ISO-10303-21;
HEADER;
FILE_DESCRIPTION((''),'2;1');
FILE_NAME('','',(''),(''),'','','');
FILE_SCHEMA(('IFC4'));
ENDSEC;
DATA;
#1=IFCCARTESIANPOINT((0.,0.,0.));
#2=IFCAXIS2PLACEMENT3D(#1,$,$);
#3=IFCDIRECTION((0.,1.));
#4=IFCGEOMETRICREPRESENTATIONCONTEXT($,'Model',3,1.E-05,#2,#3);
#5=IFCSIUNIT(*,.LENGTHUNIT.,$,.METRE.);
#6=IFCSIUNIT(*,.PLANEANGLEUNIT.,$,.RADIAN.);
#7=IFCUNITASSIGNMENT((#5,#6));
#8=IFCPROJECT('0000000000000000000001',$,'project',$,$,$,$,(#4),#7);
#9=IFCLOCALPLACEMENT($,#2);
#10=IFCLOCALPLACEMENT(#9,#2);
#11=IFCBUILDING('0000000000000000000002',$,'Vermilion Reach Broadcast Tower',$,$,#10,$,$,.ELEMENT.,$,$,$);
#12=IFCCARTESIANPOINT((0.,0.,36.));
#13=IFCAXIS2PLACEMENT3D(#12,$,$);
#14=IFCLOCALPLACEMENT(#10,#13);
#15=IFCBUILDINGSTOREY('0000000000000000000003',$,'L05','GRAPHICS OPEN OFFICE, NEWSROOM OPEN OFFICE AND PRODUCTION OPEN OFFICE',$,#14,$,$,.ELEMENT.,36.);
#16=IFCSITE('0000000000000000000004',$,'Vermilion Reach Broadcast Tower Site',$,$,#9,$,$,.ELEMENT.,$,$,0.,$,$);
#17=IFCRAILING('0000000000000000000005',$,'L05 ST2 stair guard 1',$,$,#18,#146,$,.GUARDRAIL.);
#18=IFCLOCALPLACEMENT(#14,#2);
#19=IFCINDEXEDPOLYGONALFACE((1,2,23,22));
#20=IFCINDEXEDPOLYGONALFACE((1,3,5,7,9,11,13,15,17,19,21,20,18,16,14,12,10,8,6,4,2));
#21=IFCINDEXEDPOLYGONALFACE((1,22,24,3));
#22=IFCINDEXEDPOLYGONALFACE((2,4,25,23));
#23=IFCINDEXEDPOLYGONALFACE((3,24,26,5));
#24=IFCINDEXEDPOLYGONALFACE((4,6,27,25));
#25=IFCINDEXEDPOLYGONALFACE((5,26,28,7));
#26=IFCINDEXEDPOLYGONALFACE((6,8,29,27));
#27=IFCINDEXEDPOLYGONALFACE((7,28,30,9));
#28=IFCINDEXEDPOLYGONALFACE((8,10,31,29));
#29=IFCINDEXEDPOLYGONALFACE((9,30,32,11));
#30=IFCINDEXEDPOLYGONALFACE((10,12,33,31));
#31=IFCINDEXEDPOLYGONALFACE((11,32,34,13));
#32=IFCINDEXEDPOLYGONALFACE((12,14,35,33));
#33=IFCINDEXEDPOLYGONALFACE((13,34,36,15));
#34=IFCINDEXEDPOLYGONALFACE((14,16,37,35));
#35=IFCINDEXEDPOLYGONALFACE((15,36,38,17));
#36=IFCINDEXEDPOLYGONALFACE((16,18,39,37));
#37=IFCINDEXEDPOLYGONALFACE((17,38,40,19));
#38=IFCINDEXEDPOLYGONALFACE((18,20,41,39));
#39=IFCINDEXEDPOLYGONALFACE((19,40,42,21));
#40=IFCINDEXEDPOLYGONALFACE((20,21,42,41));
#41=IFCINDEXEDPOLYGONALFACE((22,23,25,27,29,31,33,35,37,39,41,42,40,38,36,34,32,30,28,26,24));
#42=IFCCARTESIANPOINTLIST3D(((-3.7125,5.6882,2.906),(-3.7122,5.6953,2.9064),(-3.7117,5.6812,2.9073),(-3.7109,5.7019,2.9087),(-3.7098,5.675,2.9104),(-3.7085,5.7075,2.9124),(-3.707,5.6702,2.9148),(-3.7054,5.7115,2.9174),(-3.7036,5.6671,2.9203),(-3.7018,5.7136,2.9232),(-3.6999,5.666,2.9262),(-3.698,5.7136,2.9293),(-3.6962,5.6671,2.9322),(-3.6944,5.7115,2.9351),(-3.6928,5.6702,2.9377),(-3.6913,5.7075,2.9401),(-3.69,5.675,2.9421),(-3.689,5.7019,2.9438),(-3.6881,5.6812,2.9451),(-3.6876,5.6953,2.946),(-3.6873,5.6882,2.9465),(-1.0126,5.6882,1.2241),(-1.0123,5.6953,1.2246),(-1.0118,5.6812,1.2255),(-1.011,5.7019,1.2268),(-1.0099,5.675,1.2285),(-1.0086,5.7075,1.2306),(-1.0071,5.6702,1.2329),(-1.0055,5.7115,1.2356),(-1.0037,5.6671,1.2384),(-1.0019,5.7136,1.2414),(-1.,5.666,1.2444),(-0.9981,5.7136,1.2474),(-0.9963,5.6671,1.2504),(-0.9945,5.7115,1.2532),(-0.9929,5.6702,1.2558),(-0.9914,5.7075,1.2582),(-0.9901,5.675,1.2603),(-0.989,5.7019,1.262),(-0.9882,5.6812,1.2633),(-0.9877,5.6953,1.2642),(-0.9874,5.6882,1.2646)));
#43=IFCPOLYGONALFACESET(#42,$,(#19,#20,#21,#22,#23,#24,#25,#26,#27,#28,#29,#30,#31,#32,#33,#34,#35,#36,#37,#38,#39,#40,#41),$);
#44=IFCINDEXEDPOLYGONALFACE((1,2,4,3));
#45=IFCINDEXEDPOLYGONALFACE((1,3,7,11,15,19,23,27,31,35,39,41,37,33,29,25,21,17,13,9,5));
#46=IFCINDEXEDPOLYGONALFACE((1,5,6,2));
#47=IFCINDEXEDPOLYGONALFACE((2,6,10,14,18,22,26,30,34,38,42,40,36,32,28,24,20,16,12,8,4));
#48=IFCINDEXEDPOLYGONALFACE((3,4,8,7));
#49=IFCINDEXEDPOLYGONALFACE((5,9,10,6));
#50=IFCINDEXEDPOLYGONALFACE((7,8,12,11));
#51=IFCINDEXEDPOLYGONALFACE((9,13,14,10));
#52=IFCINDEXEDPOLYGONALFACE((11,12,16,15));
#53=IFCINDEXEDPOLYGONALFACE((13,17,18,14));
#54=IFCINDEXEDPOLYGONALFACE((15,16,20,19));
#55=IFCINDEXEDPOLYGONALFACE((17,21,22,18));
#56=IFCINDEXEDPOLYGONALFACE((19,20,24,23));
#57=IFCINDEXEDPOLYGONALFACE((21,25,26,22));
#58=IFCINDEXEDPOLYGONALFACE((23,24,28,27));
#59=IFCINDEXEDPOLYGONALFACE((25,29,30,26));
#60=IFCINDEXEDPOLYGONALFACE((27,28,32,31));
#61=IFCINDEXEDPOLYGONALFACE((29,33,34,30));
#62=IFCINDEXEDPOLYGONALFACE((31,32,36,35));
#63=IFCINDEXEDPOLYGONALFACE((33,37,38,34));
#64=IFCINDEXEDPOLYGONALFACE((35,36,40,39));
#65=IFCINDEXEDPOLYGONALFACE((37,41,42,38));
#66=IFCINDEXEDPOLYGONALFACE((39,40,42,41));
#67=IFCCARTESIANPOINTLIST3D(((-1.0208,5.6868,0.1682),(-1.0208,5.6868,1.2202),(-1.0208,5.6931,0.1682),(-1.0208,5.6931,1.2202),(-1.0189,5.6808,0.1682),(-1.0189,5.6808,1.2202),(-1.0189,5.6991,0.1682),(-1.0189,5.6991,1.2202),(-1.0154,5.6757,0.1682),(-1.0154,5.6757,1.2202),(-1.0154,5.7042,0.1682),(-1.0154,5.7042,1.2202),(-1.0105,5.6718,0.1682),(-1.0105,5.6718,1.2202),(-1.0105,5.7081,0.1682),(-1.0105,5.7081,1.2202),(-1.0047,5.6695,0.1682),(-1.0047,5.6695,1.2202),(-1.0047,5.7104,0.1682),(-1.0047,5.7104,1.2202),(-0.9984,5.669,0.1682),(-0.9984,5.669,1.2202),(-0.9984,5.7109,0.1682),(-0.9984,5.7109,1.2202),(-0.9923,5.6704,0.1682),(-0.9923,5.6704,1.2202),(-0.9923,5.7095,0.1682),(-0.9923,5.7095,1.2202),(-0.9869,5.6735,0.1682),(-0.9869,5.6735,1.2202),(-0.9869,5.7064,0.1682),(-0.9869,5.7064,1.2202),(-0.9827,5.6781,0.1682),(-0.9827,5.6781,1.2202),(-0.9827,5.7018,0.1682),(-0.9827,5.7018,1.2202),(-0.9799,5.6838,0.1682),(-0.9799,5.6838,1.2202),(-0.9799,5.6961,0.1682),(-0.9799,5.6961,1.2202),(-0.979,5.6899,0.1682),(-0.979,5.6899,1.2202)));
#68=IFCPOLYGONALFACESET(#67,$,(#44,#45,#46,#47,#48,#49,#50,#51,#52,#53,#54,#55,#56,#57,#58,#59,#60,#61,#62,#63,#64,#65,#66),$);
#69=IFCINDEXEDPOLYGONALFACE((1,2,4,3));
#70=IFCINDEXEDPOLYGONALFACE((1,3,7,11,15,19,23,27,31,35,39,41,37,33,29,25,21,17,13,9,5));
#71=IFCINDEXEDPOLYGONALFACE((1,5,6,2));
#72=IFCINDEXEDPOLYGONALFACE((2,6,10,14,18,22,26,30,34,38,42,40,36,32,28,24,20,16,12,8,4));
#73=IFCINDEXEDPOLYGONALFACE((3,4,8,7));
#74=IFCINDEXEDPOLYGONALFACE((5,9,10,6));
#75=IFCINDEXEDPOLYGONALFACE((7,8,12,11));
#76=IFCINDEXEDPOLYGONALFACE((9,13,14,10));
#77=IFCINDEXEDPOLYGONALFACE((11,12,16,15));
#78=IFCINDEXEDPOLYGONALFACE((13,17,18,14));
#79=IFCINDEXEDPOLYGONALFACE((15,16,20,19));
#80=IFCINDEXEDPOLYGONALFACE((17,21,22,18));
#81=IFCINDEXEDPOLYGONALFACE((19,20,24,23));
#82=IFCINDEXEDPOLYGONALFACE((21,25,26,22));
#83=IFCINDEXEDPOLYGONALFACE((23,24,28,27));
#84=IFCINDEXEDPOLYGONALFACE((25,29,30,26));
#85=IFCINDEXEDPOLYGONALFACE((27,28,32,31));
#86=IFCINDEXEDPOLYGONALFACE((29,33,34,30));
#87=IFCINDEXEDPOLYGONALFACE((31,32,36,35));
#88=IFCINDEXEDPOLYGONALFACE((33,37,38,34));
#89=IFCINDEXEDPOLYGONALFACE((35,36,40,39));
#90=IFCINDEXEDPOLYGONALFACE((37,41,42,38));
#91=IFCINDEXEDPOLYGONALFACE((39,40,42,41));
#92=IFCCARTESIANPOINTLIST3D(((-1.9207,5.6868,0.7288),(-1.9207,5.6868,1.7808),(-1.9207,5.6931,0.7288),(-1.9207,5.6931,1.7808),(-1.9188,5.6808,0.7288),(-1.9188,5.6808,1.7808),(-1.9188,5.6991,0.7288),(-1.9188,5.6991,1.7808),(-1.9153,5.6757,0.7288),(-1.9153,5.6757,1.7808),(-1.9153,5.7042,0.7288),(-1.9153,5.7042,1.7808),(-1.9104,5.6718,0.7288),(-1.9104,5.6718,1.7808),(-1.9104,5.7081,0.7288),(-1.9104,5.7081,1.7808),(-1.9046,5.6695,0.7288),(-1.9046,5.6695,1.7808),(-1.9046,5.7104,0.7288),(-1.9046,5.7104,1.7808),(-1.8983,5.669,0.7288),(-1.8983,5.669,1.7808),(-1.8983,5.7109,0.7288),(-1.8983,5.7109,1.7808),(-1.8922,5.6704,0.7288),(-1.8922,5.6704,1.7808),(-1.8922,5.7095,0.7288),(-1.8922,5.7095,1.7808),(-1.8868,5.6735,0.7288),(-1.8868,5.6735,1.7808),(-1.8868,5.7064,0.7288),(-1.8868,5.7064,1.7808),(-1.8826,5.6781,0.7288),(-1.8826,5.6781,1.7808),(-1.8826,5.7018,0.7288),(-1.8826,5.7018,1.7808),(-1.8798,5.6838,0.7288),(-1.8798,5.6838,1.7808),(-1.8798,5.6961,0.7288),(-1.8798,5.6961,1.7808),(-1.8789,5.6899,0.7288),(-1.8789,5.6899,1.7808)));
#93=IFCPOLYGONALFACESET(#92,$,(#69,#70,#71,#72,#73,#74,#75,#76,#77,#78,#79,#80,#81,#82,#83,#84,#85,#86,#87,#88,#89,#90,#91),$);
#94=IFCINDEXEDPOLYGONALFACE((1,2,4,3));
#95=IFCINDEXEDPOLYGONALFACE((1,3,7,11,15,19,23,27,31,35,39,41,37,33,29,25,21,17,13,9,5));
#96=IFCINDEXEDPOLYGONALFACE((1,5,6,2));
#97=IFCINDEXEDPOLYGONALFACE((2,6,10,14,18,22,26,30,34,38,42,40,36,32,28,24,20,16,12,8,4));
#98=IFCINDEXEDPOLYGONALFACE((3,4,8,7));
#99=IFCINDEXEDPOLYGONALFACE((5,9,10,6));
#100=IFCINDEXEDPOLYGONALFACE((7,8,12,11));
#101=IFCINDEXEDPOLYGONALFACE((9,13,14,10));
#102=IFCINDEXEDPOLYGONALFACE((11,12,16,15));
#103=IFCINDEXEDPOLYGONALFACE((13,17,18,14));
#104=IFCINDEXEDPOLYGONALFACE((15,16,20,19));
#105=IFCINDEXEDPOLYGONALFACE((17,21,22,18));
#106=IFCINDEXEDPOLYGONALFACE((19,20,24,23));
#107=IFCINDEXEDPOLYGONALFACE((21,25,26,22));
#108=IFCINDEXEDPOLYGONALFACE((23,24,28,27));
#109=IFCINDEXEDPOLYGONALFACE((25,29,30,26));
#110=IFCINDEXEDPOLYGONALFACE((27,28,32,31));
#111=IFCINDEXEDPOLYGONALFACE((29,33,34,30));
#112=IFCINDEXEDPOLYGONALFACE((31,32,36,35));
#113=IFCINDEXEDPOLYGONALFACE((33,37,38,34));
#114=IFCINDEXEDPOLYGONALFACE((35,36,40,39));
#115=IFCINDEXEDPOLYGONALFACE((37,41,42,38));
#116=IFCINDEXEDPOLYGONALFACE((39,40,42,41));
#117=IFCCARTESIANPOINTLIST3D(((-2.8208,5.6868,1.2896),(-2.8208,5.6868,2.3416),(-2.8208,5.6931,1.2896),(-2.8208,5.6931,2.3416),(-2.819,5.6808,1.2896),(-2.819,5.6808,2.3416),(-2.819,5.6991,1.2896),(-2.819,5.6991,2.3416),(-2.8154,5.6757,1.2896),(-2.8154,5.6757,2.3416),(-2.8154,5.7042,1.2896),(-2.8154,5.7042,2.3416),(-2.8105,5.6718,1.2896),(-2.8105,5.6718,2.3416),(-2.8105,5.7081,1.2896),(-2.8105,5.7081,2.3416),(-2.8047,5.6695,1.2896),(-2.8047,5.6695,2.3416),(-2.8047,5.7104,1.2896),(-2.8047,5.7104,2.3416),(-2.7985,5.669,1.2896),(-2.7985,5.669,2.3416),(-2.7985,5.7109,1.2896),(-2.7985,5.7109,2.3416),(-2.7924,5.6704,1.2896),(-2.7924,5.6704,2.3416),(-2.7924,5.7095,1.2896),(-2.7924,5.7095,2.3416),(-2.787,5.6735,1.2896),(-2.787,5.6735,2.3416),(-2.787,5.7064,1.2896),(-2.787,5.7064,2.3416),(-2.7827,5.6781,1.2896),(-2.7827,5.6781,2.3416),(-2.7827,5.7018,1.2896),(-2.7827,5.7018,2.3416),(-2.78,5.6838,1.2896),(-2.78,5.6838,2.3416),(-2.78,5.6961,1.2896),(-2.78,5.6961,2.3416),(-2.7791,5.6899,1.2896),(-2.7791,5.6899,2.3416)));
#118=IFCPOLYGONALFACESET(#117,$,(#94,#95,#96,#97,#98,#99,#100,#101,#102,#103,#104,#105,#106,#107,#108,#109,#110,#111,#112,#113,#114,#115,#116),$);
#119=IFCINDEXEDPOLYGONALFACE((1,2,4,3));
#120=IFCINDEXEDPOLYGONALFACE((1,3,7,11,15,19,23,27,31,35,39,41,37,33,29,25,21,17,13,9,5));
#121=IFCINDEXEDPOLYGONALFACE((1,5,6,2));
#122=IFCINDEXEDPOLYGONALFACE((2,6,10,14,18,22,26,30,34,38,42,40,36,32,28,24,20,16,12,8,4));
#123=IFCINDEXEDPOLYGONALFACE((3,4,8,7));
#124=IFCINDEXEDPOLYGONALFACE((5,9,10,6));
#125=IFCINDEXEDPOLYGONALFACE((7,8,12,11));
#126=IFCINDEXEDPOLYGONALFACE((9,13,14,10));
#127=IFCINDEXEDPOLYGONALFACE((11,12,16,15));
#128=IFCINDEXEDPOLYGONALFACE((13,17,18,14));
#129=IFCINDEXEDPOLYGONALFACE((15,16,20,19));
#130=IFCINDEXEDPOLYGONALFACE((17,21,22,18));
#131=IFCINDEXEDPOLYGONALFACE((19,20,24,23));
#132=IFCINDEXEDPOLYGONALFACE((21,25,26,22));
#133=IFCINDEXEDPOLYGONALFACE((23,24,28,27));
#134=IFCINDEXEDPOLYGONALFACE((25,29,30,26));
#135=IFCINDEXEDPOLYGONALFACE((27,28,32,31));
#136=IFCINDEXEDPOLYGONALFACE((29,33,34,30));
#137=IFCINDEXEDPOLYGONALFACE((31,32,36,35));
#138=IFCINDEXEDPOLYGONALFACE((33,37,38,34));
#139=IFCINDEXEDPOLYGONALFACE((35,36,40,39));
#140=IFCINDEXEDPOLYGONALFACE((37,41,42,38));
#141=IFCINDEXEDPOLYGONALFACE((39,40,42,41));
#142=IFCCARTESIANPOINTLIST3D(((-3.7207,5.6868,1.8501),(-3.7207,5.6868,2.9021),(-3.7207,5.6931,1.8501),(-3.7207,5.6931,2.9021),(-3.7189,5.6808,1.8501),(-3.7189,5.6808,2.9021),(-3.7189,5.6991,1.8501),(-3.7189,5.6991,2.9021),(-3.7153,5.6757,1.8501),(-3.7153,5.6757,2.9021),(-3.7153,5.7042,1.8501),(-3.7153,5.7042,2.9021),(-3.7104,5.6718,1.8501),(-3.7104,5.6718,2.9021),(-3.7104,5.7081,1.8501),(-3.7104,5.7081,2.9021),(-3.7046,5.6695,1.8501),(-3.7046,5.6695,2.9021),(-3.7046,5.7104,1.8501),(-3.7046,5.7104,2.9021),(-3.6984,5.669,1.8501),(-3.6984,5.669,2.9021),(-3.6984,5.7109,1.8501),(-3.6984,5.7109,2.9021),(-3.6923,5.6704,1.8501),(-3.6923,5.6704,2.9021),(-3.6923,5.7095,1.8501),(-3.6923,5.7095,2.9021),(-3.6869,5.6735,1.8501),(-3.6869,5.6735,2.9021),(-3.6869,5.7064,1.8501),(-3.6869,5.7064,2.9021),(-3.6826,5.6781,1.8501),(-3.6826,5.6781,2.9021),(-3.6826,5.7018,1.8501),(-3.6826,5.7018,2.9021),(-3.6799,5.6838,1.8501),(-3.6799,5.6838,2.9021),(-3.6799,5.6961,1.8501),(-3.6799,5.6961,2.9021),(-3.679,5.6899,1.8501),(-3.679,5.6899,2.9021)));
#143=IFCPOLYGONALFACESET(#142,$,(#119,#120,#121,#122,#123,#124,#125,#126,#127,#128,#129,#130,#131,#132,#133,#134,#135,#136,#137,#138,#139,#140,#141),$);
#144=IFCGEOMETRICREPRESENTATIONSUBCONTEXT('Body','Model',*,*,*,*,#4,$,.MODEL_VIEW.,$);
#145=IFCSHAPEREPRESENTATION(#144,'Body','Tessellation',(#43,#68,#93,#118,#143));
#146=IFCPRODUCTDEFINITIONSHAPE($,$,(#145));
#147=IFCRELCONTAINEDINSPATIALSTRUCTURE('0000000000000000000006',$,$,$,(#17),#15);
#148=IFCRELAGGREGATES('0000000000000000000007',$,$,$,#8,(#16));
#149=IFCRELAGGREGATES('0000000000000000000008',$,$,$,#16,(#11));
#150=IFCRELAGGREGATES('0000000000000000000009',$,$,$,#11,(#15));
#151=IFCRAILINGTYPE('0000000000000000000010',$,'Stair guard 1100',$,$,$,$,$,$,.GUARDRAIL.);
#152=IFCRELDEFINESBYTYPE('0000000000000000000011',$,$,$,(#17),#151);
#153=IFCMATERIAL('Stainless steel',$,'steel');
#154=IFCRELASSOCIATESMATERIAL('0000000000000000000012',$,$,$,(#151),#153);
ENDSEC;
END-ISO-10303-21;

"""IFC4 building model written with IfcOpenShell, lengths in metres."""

from ifc_helpers import new_model, si_unit, direction, frame, origin, origin_2d, place, context, subcontext, project, spatial, circle, extrude, material, type_object, element, save


model = new_model("IFC4")

# Units and contexts
model_context = context("Model", 3, precision=1e-05, world=origin(), true_north=direction((0.0, 1.0)))
body_context = subcontext(model_context, "Body", "Model", "MODEL_VIEW")
ifc_project = project(units=[si_unit("LENGTHUNIT", "METRE"), si_unit("PLANEANGLEUNIT", "RADIAN")], contexts=[model_context])

# Site, building, storey
site_placement = place(None, origin())
site = spatial("IfcSite", under=ifc_project, at=site_placement, Name="Vermilion Reach Broadcast Tower Site", CompositionType="ELEMENT", RefElevation=0.0)
building_placement = place(site_placement, origin())
building = spatial("IfcBuilding", under=site, at=building_placement, Name="Vermilion Reach Broadcast Tower", CompositionType="ELEMENT")
storey_placement = place(building_placement, frame((0.0, 0.0, 36.0)))
storey = spatial("IfcBuildingStorey", under=building, at=storey_placement, Name="L05", Description="GRAPHICS OPEN OFFICE, NEWSROOM OPEN OFFICE AND PRODUCTION OPEN OFFICE", CompositionType="ELEMENT", Elevation=36.0)

# Railing
ifc_material_1 = material(Name="Stainless steel", Category="steel")
railing_type_1 = type_object("IfcRailingType", Name="Stair guard 1100", PredefinedType="GUARDRAIL", material=ifc_material_1)
railing_1_placement = place(storey_placement, frame((-1.0, 5.6899, 0.1682)))
element("IfcRailing", 1, at=railing_1_placement, inside=storey, type_object=railing_type_1, Name="L05 ST2 stair guard 1", PredefinedType="GUARDRAIL", context=body_context, shape_type="SweptSolid", body=[
    extrude(circle(Radius=0.0239, at=origin_2d()), frame((0.0, 0.0, 1.0762), z_axis=(-0.848786, 0.0, 0.528736), x_axis=(0.0, -1.0, 0.0)), (0.0, 0.0, 1.0), 3.1809),
    extrude(circle(Radius=0.021, at=origin_2d()), origin(), (0.0, 0.0, 1.0), 1.052),
    extrude(circle(Radius=0.021, at=origin_2d()), frame((-0.8999, 0.0, 0.5605)), (0.0, 0.0, 1.0), 1.052),
    extrude(circle(Radius=0.021, at=origin_2d()), frame((-1.8, 0.0, 1.1213)), (0.0, 0.0, 1.0), 1.052),
    extrude(circle(Radius=0.021, at=origin_2d()), frame((-2.7, 0.0, 1.6819)), (0.0, 0.0, 1.0), 1.052),
])

save(model, "model.ifc")
